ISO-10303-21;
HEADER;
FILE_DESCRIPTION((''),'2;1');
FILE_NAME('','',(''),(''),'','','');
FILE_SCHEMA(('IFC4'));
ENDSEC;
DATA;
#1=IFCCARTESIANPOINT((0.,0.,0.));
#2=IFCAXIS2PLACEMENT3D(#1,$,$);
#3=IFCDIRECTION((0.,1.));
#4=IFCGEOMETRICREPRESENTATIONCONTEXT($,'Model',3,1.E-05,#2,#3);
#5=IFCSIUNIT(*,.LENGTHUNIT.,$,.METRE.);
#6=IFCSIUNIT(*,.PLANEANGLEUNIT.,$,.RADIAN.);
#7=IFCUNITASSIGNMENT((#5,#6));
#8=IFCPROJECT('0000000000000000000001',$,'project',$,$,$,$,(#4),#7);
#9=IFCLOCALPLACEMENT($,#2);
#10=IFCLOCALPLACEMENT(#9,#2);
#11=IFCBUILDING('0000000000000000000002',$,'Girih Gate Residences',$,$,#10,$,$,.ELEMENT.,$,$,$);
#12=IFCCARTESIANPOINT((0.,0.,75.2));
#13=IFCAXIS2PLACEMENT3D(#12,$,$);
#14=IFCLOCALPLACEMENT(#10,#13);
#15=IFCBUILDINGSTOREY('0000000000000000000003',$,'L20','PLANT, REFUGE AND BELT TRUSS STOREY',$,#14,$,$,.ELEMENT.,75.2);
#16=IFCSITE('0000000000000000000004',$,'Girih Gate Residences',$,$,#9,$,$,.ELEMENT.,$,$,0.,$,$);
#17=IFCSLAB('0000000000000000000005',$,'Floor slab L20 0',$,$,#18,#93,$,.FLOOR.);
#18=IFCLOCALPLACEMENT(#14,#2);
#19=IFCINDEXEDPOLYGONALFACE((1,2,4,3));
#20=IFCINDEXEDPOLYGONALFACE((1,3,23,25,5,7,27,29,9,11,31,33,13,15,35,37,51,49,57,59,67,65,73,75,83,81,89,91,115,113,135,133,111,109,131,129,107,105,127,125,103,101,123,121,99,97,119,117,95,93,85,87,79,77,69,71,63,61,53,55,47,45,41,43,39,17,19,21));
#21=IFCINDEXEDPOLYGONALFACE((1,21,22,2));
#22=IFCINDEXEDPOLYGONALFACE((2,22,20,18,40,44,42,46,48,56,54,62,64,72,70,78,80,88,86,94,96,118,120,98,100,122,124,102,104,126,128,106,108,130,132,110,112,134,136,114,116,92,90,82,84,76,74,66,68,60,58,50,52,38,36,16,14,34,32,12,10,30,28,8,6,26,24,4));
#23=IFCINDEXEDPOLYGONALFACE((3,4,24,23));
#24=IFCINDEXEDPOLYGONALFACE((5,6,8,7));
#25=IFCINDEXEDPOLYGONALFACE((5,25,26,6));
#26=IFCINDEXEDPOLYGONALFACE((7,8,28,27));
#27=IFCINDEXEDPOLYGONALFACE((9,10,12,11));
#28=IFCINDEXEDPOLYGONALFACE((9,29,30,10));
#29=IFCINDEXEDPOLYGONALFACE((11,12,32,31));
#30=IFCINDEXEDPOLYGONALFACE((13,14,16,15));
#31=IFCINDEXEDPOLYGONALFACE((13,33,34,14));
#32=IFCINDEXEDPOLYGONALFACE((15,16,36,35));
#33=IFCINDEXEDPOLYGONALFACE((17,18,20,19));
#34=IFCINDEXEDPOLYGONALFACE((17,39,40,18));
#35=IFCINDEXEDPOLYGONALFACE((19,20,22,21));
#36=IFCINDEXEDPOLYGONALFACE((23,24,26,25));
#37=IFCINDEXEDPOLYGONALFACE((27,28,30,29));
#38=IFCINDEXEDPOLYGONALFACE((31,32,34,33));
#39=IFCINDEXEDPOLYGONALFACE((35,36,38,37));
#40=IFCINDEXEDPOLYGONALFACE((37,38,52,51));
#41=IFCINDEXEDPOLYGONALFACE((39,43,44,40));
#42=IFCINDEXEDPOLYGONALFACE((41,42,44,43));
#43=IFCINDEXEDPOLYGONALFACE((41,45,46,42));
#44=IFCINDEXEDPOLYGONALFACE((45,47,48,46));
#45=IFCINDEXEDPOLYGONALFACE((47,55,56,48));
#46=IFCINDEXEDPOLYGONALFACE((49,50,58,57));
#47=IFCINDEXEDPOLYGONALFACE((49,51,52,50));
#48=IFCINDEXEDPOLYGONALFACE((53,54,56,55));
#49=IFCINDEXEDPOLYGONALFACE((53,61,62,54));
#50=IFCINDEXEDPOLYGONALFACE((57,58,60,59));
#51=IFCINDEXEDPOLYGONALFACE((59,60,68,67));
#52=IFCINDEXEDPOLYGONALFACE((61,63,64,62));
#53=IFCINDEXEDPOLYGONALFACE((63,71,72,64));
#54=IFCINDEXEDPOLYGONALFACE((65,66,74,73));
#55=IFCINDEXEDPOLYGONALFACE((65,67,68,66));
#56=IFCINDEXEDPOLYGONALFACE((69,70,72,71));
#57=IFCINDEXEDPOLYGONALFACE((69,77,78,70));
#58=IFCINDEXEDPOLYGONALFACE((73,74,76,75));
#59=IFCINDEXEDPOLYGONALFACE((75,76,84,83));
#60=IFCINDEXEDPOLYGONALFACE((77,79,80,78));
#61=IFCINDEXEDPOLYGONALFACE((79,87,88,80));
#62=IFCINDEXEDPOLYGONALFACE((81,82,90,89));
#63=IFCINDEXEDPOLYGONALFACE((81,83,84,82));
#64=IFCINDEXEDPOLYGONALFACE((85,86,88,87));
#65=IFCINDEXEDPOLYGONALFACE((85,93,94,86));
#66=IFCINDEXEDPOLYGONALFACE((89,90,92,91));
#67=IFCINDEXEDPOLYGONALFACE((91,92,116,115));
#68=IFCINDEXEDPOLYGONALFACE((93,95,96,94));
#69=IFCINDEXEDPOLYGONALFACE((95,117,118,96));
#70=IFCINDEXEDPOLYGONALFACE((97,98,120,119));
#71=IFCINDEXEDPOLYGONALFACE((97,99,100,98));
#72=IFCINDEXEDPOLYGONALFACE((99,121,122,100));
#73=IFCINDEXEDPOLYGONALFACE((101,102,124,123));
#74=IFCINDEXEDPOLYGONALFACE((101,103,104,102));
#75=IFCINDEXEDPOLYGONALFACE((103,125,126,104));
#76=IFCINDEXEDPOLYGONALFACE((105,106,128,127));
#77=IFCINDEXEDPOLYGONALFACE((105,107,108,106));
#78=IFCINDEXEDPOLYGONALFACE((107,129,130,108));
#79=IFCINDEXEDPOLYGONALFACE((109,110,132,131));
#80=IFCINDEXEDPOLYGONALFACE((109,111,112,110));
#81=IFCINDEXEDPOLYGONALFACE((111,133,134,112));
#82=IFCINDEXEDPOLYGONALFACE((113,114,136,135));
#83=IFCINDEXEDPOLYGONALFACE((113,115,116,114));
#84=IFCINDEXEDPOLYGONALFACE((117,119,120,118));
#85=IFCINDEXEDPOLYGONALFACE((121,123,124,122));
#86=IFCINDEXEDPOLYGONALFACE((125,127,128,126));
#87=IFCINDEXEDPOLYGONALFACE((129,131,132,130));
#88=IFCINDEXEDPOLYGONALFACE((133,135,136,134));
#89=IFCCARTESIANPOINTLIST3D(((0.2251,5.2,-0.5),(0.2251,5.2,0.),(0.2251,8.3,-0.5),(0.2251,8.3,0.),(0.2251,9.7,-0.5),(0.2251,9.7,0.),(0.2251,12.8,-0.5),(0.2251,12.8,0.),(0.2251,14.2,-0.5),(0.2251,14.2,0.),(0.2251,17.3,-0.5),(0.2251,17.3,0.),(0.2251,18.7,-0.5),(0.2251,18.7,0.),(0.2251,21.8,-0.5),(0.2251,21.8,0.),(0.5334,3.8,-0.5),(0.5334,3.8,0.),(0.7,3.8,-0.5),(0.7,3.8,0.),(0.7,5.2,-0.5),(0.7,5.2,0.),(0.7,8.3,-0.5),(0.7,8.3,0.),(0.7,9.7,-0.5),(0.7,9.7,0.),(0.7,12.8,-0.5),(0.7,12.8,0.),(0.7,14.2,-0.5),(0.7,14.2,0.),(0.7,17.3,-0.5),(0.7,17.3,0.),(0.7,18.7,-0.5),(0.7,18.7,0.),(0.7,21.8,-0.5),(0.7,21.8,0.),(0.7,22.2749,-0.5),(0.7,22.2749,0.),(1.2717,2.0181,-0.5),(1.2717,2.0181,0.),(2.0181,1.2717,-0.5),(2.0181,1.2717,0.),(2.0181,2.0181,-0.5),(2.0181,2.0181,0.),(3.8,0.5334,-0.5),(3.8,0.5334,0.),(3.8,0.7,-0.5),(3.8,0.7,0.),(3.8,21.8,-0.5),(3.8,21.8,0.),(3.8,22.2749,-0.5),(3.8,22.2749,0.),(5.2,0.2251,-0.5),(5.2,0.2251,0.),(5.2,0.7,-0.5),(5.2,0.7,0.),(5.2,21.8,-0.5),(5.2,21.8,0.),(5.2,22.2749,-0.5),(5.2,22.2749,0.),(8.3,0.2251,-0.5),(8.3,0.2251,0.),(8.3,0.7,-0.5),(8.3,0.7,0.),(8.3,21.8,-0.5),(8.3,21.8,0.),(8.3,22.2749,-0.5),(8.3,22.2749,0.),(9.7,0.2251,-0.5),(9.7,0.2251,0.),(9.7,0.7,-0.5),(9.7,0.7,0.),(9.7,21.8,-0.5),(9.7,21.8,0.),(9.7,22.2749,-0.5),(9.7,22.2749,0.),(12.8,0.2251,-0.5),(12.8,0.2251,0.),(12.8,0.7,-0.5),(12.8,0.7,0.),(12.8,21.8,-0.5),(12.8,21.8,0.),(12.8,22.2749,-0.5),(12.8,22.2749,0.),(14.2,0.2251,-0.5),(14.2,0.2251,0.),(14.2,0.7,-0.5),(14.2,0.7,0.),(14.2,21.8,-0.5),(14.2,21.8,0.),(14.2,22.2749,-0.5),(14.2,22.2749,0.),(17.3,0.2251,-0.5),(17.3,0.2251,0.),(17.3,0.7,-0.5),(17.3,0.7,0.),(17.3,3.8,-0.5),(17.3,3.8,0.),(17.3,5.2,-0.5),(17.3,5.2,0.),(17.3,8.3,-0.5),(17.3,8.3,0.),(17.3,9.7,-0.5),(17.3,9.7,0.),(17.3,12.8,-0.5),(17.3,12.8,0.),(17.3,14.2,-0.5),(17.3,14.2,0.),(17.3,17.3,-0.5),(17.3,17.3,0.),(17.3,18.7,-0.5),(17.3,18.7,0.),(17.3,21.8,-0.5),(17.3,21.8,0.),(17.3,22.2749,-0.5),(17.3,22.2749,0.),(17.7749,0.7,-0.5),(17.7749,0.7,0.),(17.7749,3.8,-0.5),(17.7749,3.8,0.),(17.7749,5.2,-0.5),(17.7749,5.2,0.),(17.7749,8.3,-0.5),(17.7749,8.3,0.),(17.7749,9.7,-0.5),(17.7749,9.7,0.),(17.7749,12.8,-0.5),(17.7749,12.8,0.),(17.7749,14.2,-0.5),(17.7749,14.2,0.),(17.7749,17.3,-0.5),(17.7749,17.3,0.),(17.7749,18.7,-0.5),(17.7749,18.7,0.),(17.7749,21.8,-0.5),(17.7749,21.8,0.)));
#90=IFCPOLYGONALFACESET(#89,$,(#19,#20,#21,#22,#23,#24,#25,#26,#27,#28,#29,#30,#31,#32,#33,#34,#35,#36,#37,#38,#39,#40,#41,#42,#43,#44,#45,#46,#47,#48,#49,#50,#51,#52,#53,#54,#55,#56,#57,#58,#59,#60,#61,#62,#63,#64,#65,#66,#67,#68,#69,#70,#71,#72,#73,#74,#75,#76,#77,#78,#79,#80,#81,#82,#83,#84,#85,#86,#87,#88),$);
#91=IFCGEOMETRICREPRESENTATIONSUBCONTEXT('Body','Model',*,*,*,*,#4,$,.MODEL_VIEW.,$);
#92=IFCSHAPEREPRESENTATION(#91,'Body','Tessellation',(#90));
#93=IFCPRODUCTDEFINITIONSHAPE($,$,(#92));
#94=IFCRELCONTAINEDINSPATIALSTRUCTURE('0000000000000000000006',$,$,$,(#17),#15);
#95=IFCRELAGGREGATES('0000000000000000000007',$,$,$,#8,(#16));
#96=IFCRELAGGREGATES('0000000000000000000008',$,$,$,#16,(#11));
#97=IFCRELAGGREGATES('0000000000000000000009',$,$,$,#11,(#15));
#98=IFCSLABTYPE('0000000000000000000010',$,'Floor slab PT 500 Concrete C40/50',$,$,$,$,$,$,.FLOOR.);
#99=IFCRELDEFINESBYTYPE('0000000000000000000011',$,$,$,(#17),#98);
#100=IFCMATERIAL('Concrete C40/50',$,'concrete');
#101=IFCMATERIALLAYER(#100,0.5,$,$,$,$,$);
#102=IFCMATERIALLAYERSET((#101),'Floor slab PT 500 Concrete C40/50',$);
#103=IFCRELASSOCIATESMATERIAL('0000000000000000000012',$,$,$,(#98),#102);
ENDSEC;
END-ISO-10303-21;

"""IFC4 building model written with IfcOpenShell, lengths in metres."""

from ifc_helpers import new_model, si_unit, direction, frame, origin, place, context, subcontext, project, spatial, polyline, outline, extrude, material, layer, layer_set, type_object, element, save


model = new_model("IFC4")

# Units and contexts
model_context = context("Model", 3, precision=1e-05, world=origin(), true_north=direction((0.0, 1.0)))
body_context = subcontext(model_context, "Body", "Model", "MODEL_VIEW")
ifc_project = project(units=[si_unit("LENGTHUNIT", "METRE"), si_unit("PLANEANGLEUNIT", "RADIAN")], contexts=[model_context])

# Site, building, storey
site_placement = place(None, origin())
site = spatial("IfcSite", under=ifc_project, at=site_placement, Name="Girih Gate Residences", CompositionType="ELEMENT", RefElevation=0.0)
building_placement = place(site_placement, origin())
building = spatial("IfcBuilding", under=site, at=building_placement, Name="Girih Gate Residences", CompositionType="ELEMENT")
storey_placement = place(building_placement, frame((0.0, 0.0, 75.2)))
storey = spatial("IfcBuildingStorey", under=building, at=storey_placement, Name="L20", Description="PLANT, REFUGE AND BELT TRUSS STOREY", CompositionType="ELEMENT", Elevation=75.2)

# Slab
ifc_material_1 = material(Name="Concrete C40/50", Category="concrete")
ifc_layer_1 = layer(ifc_material_1, 0.5)
ifc_layer_set_1 = layer_set([ifc_layer_1], Name="Floor slab PT 500 Concrete C40/50")
slab_type_1 = type_object("IfcSlabType", Name="Floor slab PT 500 Concrete C40/50", PredefinedType="FLOOR", material=ifc_layer_set_1)
slab_1_placement = place(storey_placement, frame((0.0, 0.0, -0.5)))
element("IfcSlab", 1, at=slab_1_placement, inside=storey, type_object=slab_type_1, Name="Floor slab L20 0", PredefinedType="FLOOR", context=body_context, shape_type="SweptSolid", body=[
    extrude(outline(polyline([(0.2251, 8.3), (0.2251, 5.2), (0.7, 5.2), (0.7, 3.8), (0.5334, 3.8), (1.2717, 2.0181), (2.0181, 2.0181), (2.0181, 1.2717), (3.8, 0.5334), (3.8, 0.7), (5.2, 0.7), (5.2, 0.2251), (8.3, 0.2251), (8.3, 0.7), (9.7, 0.7), (9.7, 0.2251), (12.8, 0.2251), (12.8, 0.7), (14.2, 0.7), (14.2, 0.2251), (17.3, 0.2251), (17.3, 0.7), (17.7749, 0.7), (17.7749, 3.8), (17.3, 3.8), (17.3, 5.2), (17.7749, 5.2), (17.7749, 8.3), (17.3, 8.3), (17.3, 9.7), (17.7749, 9.7), (17.7749, 12.8), (17.3, 12.8), (17.3, 14.2), (17.7749, 14.2), (17.7749, 17.3), (17.3, 17.3), (17.3, 18.7), (17.7749, 18.7), (17.7749, 21.8), (17.3, 21.8), (17.3, 22.2749), (14.2, 22.2749), (14.2, 21.8), (12.8, 21.8), (12.8, 22.2749), (9.7, 22.2749), (9.7, 21.8), (8.3, 21.8), (8.3, 22.2749), (5.2, 22.2749), (5.2, 21.8), (3.8, 21.8), (3.8, 22.2749), (0.7, 22.2749), (0.7, 21.8), (0.2251, 21.8), (0.2251, 18.7), (0.7, 18.7), (0.7, 17.3), (0.2251, 17.3), (0.2251, 14.2), (0.7, 14.2), (0.7, 12.8), (0.2251, 12.8), (0.2251, 9.7), (0.7, 9.7), (0.7, 8.3), (0.2251, 8.3)])), origin(), (0.0, 0.0, 1.0), 0.5),
])

save(model, "model.ifc")
